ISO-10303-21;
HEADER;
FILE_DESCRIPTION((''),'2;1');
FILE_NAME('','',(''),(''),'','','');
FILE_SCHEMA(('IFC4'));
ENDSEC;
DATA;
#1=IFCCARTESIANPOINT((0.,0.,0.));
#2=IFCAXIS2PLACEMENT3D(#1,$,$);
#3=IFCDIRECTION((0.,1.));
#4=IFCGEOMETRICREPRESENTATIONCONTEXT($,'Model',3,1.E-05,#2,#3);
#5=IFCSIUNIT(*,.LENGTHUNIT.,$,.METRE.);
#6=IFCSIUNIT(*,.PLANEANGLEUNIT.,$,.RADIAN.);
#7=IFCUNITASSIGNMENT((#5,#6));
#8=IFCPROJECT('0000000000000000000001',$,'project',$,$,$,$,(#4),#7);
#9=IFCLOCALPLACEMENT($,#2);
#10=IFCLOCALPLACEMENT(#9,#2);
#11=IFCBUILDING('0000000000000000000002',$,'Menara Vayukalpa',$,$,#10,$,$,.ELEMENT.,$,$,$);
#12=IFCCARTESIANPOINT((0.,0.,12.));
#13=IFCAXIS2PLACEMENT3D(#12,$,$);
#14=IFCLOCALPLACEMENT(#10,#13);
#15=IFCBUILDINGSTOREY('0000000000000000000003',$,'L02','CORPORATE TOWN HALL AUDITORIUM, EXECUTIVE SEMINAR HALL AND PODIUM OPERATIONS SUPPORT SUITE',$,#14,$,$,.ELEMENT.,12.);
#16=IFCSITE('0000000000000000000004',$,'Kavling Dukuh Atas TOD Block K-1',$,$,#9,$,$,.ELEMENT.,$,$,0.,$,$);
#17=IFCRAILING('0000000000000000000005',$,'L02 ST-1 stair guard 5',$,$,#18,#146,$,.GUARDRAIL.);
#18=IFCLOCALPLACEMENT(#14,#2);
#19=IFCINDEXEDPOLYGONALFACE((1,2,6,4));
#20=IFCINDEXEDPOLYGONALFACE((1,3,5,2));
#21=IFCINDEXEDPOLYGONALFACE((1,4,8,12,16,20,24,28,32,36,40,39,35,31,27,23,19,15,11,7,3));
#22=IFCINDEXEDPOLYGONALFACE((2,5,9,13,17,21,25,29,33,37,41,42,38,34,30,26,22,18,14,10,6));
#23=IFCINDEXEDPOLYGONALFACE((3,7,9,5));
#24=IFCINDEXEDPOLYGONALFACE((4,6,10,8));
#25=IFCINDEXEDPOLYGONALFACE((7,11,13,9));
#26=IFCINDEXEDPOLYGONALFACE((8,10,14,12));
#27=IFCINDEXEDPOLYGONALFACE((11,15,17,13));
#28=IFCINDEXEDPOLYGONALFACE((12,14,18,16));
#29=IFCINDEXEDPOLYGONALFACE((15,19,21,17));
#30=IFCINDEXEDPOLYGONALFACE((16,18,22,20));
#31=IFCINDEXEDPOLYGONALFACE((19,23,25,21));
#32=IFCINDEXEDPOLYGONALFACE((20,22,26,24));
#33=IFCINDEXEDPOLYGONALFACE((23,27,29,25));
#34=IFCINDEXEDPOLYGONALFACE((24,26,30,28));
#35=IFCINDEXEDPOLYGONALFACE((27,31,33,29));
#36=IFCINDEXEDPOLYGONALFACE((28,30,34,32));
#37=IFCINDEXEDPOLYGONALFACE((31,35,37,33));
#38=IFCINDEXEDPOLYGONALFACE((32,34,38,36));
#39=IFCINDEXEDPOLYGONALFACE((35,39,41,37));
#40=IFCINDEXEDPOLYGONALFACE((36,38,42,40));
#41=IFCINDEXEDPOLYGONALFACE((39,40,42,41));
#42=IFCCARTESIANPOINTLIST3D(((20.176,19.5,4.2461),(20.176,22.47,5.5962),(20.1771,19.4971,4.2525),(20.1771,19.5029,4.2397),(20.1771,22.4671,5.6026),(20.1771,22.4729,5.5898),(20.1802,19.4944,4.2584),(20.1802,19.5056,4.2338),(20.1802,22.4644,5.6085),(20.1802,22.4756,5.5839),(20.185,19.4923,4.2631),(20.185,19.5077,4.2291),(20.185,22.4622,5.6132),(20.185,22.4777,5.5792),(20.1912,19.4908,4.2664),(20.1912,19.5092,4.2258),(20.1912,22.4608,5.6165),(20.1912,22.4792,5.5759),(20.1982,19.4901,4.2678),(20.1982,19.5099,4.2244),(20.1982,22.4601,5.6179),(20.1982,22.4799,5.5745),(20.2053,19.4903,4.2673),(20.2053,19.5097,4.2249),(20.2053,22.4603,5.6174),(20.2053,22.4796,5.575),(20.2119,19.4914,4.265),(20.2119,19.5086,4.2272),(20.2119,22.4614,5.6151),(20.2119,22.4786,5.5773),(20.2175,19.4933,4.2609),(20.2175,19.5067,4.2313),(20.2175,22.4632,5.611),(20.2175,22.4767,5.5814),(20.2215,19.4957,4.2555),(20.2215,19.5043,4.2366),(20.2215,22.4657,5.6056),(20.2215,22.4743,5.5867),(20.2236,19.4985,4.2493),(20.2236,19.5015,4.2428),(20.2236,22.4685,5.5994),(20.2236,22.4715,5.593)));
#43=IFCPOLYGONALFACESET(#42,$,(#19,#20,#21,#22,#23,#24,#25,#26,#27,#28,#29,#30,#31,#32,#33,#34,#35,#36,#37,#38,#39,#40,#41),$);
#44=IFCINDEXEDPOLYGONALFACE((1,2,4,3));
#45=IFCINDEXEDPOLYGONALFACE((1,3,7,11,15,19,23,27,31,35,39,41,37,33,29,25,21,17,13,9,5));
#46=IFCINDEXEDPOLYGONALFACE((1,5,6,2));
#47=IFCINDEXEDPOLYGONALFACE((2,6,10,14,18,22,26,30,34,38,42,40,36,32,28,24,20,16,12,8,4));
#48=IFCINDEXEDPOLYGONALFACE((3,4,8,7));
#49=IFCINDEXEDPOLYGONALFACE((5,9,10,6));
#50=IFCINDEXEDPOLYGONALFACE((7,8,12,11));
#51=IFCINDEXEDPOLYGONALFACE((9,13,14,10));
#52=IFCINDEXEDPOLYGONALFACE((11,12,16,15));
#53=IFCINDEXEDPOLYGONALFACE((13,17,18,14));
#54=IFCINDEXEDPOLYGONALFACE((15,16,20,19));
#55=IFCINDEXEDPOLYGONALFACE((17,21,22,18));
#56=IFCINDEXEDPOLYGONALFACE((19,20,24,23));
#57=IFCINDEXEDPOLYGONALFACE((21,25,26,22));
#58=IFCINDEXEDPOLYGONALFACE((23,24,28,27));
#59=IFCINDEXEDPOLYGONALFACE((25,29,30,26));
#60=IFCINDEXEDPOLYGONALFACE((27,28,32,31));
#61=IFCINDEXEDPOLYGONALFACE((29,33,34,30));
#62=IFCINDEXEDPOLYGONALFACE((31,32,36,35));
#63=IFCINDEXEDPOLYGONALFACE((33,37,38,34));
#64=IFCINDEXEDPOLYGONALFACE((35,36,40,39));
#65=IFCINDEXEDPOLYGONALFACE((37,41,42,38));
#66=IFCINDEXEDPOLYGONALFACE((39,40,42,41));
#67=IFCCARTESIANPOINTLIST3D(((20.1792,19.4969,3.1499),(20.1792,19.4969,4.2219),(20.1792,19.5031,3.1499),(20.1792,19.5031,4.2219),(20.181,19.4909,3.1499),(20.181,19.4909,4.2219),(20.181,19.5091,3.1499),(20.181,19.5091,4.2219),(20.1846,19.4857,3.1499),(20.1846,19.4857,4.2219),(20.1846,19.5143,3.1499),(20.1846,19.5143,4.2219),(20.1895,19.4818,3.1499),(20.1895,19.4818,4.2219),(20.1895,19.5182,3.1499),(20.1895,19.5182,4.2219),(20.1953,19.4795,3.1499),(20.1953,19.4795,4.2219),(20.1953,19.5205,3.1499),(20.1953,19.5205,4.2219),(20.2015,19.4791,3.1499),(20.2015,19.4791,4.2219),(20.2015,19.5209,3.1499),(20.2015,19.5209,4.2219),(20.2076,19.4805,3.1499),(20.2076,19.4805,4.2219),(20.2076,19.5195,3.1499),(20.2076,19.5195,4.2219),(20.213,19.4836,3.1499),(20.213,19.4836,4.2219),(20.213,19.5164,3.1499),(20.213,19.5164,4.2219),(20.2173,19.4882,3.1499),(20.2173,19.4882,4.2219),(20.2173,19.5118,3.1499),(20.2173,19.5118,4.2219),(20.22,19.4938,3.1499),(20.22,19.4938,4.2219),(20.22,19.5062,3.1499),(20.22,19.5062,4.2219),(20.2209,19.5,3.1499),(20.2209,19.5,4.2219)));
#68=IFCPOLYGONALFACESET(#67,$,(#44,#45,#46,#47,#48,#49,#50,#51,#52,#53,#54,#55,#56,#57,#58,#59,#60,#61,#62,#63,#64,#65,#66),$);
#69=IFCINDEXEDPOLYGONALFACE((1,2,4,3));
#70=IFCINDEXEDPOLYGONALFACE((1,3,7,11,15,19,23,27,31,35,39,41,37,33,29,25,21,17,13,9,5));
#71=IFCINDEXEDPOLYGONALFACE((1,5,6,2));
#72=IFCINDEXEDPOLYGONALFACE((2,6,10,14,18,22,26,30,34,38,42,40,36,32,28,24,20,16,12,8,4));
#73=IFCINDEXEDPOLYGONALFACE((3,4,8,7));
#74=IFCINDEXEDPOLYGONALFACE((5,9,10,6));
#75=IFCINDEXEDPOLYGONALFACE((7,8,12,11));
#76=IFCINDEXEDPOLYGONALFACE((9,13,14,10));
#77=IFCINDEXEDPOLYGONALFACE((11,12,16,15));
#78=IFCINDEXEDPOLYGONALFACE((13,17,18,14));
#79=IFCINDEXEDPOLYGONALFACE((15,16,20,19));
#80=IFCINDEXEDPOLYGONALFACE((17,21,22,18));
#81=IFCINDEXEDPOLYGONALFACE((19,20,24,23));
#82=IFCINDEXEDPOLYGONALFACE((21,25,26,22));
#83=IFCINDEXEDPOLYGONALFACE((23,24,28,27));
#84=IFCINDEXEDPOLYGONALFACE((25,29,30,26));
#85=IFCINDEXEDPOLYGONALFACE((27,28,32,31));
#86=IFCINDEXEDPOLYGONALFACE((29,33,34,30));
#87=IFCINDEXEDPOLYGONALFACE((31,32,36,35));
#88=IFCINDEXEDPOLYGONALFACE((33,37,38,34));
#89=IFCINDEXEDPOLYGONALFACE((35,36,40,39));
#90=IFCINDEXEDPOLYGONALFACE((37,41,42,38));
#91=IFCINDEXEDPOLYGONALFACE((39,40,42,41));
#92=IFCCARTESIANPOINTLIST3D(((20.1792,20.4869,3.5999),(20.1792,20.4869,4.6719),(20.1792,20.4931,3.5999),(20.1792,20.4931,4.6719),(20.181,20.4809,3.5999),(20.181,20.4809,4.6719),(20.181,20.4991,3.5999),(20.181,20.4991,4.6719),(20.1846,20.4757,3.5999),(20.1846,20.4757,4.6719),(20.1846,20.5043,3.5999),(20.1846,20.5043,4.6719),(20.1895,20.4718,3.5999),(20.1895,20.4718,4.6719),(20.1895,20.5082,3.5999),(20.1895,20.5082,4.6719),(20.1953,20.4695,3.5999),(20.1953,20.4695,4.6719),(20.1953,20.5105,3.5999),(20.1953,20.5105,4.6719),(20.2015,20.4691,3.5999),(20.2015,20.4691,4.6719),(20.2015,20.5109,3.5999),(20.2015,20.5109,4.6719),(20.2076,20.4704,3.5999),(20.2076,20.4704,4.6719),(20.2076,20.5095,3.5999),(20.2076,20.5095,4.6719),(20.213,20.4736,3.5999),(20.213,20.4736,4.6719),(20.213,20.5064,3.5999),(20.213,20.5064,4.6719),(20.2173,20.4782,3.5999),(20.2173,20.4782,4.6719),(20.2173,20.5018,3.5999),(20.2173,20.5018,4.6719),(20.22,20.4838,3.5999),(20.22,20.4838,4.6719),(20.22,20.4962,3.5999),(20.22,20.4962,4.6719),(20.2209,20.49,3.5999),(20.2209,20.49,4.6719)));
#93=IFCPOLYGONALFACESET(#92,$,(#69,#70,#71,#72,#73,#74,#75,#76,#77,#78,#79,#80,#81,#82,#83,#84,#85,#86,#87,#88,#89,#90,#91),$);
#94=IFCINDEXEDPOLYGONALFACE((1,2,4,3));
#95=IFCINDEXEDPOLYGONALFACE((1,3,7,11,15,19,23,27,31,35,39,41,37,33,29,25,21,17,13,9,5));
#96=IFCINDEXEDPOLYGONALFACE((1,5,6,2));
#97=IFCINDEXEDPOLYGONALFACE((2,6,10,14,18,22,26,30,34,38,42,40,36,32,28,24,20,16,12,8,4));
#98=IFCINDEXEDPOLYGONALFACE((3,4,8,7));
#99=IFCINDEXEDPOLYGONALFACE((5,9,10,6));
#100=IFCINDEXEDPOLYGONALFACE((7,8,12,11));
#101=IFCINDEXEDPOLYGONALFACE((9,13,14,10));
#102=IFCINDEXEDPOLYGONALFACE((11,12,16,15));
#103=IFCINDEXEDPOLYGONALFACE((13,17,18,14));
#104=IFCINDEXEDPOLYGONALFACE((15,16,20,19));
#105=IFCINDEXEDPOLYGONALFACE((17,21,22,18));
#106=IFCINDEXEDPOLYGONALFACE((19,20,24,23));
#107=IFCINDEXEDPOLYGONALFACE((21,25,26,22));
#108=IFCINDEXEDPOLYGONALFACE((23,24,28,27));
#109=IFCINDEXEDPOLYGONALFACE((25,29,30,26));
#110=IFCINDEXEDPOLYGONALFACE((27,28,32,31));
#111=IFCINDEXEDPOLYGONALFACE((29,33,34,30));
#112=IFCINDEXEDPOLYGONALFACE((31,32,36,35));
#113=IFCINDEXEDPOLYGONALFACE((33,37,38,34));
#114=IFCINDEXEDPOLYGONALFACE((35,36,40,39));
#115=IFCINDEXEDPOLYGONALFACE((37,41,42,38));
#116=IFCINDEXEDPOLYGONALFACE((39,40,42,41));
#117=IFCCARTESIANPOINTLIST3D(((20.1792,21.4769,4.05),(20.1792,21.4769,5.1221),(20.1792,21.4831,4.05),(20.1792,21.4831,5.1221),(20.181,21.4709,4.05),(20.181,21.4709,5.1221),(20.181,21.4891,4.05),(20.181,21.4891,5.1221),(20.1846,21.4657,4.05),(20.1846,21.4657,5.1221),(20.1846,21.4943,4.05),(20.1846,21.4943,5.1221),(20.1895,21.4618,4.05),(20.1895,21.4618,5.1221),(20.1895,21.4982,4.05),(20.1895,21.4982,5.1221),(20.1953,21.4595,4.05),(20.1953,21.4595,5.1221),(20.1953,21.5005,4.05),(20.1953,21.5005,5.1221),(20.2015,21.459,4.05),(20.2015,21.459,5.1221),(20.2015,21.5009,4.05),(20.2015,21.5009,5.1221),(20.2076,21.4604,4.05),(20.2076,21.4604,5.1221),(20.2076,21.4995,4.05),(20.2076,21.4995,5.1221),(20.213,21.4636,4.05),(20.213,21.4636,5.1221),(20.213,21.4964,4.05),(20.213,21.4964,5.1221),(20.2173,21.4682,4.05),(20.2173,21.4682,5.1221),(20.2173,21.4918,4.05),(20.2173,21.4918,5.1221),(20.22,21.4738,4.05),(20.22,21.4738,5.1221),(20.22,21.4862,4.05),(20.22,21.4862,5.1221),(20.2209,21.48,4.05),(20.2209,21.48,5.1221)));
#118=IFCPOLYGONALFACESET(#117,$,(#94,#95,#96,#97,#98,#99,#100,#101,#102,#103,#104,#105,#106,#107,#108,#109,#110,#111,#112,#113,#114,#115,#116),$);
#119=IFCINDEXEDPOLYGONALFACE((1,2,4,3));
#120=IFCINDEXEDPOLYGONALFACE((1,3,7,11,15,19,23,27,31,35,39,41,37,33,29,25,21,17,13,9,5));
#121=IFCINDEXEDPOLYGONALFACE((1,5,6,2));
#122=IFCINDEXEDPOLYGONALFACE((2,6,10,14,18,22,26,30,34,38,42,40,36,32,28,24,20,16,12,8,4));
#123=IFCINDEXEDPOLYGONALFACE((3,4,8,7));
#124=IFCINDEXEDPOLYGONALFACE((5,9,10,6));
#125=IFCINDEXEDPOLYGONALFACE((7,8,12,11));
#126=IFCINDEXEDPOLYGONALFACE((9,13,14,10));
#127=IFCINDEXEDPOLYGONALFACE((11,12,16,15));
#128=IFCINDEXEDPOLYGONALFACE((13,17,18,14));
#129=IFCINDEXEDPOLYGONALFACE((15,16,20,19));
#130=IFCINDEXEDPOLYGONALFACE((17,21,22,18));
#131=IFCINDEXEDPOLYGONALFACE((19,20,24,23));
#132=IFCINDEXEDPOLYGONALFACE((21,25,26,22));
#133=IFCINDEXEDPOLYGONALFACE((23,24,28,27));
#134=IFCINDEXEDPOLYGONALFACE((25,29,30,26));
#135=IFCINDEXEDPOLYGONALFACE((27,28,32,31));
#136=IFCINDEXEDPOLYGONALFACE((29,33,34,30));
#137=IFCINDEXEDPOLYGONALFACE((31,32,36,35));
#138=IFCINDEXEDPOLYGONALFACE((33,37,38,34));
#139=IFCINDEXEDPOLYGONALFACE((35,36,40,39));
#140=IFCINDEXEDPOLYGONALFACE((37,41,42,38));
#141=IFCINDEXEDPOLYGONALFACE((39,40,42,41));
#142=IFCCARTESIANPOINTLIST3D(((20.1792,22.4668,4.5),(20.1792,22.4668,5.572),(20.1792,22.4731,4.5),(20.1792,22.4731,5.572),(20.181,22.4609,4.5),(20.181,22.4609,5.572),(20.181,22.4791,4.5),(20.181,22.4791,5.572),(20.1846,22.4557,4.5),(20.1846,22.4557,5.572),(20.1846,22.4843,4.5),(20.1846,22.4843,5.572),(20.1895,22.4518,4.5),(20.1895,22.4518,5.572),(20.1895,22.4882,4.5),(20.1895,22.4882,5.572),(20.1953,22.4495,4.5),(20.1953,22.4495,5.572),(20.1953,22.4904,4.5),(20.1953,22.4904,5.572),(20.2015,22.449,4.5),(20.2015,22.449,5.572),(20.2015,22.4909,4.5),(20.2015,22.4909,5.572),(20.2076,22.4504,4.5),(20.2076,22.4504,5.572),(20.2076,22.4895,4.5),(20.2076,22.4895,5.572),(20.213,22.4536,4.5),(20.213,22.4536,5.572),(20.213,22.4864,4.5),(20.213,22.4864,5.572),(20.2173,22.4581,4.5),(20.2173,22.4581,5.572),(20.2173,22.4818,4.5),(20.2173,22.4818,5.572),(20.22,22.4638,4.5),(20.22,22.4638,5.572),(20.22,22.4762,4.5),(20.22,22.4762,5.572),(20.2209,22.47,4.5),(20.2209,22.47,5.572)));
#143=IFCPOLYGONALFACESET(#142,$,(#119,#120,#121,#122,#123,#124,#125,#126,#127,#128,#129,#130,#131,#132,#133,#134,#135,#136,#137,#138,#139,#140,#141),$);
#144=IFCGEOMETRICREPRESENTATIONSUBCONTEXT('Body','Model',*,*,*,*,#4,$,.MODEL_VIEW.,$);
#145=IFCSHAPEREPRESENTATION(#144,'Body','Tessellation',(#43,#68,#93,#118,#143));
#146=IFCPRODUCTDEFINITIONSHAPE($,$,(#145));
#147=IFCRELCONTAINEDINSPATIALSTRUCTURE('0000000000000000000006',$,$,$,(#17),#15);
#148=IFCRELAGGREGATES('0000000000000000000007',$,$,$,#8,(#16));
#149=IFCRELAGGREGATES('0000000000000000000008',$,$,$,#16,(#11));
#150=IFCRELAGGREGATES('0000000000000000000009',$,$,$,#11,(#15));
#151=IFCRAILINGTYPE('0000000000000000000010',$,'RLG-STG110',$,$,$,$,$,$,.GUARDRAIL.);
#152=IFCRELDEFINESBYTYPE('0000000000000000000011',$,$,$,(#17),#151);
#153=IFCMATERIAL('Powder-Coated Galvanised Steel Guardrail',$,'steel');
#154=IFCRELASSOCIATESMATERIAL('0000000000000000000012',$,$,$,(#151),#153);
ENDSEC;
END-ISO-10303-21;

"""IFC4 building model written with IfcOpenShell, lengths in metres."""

from ifc_helpers import new_model, si_unit, direction, frame, origin, origin_2d, place, context, subcontext, project, spatial, circle, extrude, material, type_object, element, save


model = new_model("IFC4")

# Units and contexts
model_context = context("Model", 3, precision=1e-05, world=origin(), true_north=direction((0.0, 1.0)))
body_context = subcontext(model_context, "Body", "Model", "MODEL_VIEW")
ifc_project = project(units=[si_unit("LENGTHUNIT", "METRE"), si_unit("PLANEANGLEUNIT", "RADIAN")], contexts=[model_context])

# Site, building, storey
site_placement = place(None, origin())
site = spatial("IfcSite", under=ifc_project, at=site_placement, Name="Kavling Dukuh Atas TOD Block K-1", CompositionType="ELEMENT", RefElevation=0.0)
building_placement = place(site_placement, origin())
building = spatial("IfcBuilding", under=site, at=building_placement, Name="Menara Vayukalpa", CompositionType="ELEMENT")
storey_placement = place(building_placement, frame((0.0, 0.0, 12.0)))
storey = spatial("IfcBuildingStorey", under=building, at=storey_placement, Name="L02", Description="CORPORATE TOWN HALL AUDITORIUM, EXECUTIVE SEMINAR HALL AND PODIUM OPERATIONS SUPPORT SUITE", CompositionType="ELEMENT", Elevation=12.0)

# Railing
ifc_material_1 = material(Name="Powder-Coated Galvanised Steel Guardrail", Category="steel")
railing_type = type_object("IfcRailingType", Name="RLG-STG110", PredefinedType="GUARDRAIL", material=ifc_material_1)
railing_1_placement = place(storey_placement, frame((20.2, 19.5, 3.1499)))
element("IfcRailing", 1, at=railing_1_placement, inside=storey, type_object=railing_type, Name="L02 ST-1 stair guard 5", PredefinedType="GUARDRAIL", context=body_context, shape_type="SweptSolid", body=[
    extrude(circle(Radius=0.0239, at=origin_2d()), frame((0.0, 0.0, 1.0962), z_axis=(0.0, 0.910354, 0.413831), x_axis=(-1.0, 0.0, 0.0)), (0.0, 0.0, 1.0), 3.2625),
    extrude(circle(Radius=0.021, at=origin_2d()), origin(), (0.0, 0.0, 1.0), 1.072),
    extrude(circle(Radius=0.021, at=origin_2d()), frame((0.0, 0.99, 0.45)), (0.0, 0.0, 1.0), 1.072),
    extrude(circle(Radius=0.021, at=origin_2d()), frame((0.0, 1.98, 0.9001)), (0.0, 0.0, 1.0), 1.072),
    extrude(circle(Radius=0.021, at=origin_2d()), frame((0.0, 2.97, 1.3501)), (0.0, 0.0, 1.0), 1.072),
])

save(model, "model.ifc")
